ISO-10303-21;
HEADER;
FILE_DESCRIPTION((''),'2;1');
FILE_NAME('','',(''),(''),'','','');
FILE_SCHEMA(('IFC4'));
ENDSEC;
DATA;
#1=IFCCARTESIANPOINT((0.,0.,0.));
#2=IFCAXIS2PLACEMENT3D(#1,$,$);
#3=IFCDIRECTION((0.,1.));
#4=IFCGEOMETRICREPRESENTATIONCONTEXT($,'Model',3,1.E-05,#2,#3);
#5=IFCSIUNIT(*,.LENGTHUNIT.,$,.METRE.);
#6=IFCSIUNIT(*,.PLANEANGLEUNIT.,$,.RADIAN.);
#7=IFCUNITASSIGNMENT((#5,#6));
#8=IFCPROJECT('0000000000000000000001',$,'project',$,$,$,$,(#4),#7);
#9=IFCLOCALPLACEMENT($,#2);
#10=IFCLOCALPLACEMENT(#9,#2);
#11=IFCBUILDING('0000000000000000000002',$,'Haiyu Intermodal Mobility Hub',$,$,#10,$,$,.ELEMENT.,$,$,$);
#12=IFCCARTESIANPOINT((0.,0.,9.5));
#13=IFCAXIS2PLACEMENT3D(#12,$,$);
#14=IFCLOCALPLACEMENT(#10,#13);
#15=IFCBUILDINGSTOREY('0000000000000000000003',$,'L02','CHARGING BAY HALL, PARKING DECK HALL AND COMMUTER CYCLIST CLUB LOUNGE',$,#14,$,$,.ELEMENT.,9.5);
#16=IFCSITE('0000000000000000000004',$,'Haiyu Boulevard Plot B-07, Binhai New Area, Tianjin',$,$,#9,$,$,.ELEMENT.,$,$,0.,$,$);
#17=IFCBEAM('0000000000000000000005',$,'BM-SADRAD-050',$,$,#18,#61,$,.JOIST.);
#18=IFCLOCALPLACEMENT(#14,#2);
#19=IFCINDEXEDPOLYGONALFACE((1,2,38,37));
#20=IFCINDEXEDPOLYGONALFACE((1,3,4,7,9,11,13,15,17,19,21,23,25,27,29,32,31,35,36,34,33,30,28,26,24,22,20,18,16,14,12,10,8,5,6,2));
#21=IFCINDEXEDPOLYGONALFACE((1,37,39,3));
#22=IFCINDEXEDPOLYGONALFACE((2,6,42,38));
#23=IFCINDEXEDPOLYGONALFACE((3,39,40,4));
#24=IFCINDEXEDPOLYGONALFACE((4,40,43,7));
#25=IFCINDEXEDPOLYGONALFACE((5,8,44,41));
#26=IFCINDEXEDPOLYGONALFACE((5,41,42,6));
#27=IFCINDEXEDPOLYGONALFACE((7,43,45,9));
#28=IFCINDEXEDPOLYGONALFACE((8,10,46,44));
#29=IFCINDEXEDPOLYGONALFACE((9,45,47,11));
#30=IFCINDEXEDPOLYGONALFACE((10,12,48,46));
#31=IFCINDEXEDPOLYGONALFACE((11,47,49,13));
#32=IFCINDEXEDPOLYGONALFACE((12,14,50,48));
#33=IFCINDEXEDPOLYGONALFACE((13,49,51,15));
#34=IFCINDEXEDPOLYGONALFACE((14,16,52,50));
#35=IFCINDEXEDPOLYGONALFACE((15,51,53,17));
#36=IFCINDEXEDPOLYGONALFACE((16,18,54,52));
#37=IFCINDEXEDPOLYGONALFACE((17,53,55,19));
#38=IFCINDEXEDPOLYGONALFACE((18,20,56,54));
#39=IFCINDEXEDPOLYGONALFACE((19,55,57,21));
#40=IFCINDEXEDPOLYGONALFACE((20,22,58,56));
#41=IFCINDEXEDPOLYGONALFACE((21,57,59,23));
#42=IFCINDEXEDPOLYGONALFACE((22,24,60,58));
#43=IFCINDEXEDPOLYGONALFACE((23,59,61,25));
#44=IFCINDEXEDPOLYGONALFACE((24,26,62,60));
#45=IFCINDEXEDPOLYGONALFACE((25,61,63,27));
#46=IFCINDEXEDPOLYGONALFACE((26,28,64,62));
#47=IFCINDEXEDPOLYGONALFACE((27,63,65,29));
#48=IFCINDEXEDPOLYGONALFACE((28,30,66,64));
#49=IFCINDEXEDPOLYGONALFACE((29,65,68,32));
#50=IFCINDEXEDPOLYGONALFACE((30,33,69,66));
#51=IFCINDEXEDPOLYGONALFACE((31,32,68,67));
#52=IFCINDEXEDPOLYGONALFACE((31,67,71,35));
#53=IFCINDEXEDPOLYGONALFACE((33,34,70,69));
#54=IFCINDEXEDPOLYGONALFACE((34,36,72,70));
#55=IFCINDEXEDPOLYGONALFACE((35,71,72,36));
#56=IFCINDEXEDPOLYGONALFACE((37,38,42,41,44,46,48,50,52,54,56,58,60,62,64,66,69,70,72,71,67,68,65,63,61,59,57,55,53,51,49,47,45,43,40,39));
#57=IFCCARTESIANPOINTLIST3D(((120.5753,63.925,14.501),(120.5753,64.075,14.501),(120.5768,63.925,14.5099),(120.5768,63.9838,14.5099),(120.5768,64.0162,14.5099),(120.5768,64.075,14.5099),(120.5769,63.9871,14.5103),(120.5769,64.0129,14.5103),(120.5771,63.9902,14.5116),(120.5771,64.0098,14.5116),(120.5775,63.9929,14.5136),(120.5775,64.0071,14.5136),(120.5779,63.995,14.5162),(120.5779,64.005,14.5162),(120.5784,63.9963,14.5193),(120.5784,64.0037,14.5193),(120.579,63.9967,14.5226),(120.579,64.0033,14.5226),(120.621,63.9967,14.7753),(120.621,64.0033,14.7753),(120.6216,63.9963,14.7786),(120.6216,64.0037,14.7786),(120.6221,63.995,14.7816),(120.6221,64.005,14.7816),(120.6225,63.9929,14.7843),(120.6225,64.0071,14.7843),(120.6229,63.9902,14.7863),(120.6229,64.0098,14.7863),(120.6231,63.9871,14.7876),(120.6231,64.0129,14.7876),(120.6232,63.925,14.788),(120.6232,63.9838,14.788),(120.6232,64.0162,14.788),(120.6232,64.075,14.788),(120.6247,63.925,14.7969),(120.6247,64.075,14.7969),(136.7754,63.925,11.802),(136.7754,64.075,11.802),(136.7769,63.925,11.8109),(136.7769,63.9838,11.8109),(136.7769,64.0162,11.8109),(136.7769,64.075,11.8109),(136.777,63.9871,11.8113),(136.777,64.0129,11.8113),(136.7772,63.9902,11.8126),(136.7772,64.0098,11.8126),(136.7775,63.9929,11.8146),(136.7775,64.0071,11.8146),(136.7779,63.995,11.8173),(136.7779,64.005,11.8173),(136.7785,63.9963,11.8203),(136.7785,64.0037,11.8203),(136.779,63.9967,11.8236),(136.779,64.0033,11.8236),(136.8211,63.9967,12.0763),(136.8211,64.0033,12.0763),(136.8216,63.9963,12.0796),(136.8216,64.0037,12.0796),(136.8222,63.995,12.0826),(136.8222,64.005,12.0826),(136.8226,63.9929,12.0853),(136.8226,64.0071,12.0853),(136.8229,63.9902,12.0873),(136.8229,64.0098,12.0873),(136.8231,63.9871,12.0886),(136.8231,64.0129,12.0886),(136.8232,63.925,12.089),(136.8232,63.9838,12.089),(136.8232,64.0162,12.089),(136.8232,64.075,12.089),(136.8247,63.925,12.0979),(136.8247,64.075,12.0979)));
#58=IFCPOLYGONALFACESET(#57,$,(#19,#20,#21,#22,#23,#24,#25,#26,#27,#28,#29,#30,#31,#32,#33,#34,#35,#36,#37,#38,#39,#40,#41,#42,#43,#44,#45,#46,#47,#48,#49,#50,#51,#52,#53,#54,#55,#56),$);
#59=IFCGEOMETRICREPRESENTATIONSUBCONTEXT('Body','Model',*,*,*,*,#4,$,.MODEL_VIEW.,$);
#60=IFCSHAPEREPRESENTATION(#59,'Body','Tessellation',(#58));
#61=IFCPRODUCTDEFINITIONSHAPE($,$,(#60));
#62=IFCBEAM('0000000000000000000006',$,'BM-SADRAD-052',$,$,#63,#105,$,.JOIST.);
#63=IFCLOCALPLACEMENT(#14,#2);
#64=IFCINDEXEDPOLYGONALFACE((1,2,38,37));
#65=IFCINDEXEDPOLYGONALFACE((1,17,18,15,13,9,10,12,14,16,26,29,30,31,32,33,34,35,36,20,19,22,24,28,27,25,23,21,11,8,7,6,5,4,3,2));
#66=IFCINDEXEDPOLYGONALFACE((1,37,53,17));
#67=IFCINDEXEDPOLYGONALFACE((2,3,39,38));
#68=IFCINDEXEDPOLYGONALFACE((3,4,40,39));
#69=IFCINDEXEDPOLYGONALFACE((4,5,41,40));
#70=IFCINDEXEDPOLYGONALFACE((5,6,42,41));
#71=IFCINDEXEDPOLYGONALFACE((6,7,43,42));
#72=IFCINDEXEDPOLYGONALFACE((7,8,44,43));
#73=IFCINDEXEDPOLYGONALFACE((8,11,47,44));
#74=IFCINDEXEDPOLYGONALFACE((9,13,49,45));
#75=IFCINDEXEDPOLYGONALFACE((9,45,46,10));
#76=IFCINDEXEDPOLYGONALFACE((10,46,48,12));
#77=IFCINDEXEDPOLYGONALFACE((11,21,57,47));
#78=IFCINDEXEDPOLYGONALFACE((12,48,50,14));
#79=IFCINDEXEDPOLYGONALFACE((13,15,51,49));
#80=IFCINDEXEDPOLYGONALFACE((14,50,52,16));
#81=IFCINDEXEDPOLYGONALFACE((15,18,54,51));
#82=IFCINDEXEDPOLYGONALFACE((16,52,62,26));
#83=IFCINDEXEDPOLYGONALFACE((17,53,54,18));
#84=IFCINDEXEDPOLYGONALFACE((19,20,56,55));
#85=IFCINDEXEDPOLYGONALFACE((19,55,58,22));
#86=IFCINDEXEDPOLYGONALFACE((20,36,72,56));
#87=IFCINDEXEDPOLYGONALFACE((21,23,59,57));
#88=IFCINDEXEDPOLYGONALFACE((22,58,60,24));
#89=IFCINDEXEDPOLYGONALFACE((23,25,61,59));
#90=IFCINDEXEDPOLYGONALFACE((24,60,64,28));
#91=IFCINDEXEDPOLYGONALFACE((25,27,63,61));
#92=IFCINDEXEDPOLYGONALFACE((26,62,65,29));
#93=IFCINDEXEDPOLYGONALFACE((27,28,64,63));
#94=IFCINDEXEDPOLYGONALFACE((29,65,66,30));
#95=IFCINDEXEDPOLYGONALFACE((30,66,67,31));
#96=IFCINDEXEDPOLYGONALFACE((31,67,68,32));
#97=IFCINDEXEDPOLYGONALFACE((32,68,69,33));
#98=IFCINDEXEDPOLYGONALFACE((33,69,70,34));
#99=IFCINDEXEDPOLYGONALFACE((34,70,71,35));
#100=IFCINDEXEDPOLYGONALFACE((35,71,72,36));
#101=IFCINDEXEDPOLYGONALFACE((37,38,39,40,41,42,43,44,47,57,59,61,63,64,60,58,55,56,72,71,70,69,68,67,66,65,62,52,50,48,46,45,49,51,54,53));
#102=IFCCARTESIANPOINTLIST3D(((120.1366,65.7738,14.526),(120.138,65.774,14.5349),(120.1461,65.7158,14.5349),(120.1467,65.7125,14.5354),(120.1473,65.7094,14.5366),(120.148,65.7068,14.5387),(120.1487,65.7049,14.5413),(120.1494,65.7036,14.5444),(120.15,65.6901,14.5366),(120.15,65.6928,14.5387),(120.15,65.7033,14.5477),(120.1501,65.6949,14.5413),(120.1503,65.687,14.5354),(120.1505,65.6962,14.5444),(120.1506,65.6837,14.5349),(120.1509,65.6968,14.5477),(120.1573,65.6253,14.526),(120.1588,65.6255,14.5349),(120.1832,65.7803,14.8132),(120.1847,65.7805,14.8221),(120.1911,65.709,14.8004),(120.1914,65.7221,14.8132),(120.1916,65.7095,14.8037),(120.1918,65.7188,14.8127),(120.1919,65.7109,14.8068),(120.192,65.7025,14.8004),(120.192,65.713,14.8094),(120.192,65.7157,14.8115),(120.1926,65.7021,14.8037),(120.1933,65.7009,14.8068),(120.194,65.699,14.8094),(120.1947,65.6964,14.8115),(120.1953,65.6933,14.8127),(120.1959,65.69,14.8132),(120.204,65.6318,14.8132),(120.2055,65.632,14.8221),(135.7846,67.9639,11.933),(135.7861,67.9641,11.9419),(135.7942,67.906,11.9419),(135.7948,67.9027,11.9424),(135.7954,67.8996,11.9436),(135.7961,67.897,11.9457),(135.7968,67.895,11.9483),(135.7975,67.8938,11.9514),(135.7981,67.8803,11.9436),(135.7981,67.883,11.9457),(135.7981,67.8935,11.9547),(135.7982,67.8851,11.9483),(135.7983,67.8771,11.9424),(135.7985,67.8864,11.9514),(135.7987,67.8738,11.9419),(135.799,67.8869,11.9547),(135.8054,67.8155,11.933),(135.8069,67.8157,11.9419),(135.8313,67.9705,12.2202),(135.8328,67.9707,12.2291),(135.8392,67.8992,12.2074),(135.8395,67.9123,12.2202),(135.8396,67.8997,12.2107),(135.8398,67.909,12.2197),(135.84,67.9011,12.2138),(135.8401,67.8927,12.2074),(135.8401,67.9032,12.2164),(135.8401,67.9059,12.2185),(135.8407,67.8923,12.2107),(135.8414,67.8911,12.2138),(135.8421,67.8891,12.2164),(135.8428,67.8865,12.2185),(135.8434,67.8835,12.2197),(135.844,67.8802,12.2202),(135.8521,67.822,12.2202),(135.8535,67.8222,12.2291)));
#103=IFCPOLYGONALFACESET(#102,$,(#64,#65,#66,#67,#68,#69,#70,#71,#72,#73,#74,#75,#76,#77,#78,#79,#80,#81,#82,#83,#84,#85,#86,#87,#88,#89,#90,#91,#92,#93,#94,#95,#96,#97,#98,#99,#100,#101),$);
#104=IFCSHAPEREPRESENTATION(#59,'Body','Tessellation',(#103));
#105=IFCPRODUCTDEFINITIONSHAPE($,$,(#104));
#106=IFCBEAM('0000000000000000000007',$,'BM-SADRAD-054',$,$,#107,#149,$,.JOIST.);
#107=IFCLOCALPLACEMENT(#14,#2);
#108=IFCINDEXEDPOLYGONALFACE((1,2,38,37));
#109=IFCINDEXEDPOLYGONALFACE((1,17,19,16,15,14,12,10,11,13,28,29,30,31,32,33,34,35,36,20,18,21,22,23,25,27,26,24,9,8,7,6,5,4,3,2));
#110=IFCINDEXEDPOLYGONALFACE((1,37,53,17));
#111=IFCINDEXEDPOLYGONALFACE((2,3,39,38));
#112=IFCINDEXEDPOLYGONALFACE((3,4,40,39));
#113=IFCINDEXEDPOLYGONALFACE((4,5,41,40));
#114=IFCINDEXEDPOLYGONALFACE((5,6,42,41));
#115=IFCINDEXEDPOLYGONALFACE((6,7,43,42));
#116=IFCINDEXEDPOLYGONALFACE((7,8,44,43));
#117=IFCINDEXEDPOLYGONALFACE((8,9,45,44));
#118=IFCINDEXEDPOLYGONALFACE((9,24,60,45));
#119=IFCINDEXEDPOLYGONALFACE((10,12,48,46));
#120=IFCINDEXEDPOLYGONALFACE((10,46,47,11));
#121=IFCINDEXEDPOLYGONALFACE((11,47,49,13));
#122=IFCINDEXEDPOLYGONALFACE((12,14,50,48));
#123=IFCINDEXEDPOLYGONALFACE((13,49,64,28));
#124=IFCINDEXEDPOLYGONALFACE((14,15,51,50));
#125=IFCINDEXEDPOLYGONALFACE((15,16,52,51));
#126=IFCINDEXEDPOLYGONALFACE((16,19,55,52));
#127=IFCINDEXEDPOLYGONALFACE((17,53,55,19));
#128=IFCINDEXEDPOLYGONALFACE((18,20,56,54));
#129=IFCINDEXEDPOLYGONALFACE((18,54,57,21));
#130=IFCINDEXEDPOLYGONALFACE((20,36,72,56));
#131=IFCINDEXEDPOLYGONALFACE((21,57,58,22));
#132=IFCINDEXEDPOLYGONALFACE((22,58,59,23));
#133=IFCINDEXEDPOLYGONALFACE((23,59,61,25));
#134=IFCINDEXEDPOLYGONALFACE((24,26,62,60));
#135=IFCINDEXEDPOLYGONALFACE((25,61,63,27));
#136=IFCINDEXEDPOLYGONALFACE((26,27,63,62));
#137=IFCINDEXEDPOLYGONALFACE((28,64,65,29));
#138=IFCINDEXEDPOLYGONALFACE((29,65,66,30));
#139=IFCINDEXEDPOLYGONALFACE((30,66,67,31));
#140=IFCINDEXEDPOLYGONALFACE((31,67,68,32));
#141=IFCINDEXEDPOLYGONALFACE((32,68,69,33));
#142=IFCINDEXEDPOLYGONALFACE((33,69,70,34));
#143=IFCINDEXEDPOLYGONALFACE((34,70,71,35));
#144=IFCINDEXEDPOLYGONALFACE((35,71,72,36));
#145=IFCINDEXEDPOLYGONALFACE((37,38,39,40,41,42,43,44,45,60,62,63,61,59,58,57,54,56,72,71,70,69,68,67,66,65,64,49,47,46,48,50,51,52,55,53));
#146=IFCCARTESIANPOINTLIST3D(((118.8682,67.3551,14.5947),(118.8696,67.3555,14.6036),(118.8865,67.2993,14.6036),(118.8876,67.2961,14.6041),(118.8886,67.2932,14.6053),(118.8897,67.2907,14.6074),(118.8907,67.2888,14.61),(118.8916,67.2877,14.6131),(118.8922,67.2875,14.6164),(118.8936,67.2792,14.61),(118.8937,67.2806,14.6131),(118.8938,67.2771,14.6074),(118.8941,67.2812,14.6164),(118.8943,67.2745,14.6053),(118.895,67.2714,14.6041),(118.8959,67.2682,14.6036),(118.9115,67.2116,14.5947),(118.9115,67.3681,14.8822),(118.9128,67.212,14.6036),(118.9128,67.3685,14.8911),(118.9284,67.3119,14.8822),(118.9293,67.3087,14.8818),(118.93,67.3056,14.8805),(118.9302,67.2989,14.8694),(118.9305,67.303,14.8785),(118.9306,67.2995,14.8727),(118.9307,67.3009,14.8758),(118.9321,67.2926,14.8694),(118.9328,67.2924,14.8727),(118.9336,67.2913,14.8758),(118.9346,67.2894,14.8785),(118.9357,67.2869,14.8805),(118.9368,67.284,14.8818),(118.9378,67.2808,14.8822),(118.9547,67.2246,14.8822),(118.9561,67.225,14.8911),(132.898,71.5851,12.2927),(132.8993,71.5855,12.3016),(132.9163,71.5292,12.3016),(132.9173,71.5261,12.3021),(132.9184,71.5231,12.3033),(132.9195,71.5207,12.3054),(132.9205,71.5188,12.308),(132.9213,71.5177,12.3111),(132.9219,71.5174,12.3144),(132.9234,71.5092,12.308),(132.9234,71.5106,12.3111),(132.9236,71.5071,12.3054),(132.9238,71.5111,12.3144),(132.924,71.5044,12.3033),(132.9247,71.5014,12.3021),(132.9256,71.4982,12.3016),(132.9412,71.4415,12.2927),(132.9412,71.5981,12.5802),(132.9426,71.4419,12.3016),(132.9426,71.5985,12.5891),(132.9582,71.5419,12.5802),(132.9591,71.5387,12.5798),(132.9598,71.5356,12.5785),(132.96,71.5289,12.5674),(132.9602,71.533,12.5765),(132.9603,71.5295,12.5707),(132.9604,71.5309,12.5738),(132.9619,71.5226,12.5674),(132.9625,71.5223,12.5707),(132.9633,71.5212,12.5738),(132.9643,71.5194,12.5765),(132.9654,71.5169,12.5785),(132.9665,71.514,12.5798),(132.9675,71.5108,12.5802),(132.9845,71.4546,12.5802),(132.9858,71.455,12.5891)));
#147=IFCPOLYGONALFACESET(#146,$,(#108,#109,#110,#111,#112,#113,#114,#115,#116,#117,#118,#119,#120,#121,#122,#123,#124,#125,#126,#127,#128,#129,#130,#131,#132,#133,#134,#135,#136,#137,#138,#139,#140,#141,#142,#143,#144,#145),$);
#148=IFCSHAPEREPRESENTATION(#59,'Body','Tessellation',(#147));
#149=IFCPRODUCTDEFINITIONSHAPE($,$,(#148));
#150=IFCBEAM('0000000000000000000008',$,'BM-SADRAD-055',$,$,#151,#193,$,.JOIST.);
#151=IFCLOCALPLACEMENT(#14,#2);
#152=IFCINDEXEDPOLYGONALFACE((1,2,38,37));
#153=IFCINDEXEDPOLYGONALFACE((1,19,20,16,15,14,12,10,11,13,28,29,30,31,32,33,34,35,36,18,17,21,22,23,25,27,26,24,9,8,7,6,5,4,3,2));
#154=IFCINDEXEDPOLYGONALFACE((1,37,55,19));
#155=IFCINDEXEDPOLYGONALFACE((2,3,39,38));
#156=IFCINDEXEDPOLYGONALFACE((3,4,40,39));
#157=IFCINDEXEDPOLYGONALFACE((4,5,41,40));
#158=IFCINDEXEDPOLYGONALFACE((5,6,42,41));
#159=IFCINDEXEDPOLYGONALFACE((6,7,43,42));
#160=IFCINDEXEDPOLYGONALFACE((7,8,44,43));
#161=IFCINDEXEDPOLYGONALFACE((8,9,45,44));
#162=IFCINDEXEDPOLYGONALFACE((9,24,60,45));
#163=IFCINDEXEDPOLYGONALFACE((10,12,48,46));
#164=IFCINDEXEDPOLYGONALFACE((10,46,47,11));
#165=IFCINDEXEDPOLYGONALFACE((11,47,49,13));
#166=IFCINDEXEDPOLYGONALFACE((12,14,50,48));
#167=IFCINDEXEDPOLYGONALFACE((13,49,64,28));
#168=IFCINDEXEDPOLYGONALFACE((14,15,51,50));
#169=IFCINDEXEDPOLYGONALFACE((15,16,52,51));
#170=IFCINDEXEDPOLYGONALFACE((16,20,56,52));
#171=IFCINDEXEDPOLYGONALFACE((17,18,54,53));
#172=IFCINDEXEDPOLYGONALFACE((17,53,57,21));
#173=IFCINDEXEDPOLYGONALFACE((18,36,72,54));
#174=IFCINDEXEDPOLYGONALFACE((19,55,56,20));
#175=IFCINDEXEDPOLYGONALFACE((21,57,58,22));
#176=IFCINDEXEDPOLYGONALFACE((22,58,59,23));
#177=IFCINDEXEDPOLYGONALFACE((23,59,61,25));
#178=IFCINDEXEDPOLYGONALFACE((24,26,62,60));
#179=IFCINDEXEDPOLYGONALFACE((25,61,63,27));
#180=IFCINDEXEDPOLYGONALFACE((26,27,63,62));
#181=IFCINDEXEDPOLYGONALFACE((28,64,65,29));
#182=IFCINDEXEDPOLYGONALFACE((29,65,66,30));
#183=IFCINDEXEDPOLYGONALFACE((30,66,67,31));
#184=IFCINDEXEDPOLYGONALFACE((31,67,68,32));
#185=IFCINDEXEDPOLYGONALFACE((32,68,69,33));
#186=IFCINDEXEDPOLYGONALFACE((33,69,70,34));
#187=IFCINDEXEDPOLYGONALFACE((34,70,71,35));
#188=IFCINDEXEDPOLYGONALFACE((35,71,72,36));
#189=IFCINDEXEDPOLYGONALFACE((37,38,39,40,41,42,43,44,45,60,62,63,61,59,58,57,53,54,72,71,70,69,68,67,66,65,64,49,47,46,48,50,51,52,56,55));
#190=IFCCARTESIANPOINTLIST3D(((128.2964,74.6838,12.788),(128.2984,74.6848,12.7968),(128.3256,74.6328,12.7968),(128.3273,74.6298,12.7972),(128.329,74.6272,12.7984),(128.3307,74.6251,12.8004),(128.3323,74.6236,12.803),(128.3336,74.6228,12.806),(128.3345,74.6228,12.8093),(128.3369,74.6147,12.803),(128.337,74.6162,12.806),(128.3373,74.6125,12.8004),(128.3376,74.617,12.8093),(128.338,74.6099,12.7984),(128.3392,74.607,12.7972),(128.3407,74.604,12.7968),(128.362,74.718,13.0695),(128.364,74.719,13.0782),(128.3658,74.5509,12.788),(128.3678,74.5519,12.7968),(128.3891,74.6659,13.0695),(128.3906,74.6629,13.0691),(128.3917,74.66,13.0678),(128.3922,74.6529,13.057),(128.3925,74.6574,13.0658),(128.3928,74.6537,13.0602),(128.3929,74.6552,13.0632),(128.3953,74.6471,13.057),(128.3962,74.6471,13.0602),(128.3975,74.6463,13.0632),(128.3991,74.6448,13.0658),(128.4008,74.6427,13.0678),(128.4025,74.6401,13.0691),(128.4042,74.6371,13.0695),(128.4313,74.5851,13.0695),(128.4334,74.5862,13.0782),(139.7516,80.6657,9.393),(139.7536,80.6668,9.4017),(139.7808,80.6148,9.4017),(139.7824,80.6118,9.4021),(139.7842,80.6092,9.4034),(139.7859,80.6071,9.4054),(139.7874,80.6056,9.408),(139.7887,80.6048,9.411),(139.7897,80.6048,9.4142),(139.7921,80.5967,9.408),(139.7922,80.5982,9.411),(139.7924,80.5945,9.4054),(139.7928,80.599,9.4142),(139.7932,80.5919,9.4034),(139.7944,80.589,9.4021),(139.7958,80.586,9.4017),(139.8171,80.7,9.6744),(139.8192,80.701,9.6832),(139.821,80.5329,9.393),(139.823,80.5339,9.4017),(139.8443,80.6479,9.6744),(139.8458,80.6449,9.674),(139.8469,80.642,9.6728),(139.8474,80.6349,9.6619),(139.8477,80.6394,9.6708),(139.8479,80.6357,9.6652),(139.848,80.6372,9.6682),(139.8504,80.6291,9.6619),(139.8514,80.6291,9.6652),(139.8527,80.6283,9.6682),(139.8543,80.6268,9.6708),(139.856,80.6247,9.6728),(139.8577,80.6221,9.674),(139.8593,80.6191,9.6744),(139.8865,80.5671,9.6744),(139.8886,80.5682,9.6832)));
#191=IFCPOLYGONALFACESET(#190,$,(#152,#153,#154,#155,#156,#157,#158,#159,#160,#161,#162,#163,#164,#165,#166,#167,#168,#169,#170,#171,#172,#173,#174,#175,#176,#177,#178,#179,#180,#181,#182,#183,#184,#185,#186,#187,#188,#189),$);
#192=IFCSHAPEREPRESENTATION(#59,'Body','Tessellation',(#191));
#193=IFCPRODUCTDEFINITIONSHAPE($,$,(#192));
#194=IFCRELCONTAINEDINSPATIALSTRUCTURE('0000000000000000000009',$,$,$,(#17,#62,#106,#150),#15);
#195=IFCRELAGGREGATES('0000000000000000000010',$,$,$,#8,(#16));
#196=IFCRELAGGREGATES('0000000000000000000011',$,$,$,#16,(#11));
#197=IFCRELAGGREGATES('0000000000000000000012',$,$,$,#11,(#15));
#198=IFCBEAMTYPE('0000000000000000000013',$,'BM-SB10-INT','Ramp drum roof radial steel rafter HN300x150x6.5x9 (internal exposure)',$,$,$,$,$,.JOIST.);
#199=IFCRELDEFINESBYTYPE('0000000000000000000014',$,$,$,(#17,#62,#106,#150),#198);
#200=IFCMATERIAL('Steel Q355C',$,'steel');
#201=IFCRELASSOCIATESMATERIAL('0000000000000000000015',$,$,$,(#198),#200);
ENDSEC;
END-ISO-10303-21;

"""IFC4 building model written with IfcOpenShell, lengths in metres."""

from ifc_helpers import new_model, si_unit, direction, frame, origin, origin_2d, place, context, subcontext, project, spatial, i_section, extrude, material, material_profile, profile_set, type_object, element, save


model = new_model("IFC4")

# Units and contexts
model_context = context("Model", 3, precision=1e-05, world=origin(), true_north=direction((0.0, 1.0)))
body_context = subcontext(model_context, "Body", "Model", "MODEL_VIEW")
ifc_project = project(units=[si_unit("LENGTHUNIT", "METRE"), si_unit("PLANEANGLEUNIT", "RADIAN")], contexts=[model_context])

# Site, building, storey
site_placement = place(None, origin())
site = spatial("IfcSite", under=ifc_project, at=site_placement, Name="Haiyu Boulevard Plot B-07, Binhai New Area, Tianjin", CompositionType="ELEMENT", RefElevation=0.0)
building_placement = place(site_placement, origin())
building = spatial("IfcBuilding", under=site, at=building_placement, Name="Haiyu Intermodal Mobility Hub", CompositionType="ELEMENT")
storey_placement = place(building_placement, frame((0.0, 0.0, 9.5)))
storey = spatial("IfcBuildingStorey", under=building, at=storey_placement, Name="L02", Description="CHARGING BAY HALL, PARKING DECK HALL AND COMMUTER CYCLIST CLUB LOUNGE", CompositionType="ELEMENT", Elevation=9.5)

# Shared definitions
ifc_material_1 = material(Name="Steel Q355C", Category="steel")

# Beams
ifc_material_profile_1 = material_profile(ifc_material_1, i_section(OverallWidth=0.1499, OverallDepth=0.3, WebThickness=0.0066, FlangeThickness=0.009, FilletRadius=0.0129, at=origin_2d()), Name="HN300x150x6.5x9")
ifc_profile_set_1 = profile_set([ifc_material_profile_1], Name="Steel Q355C")
beam_type_1 = type_object("IfcBeamType", Name="BM-SB10-INT", Description="Ramp drum roof radial steel rafter HN300x150x6.5x9 (internal exposure)", PredefinedType="JOIST", material=ifc_profile_set_1)
beam_1_placement = place(storey_placement, frame((136.8, 64.0, 11.95), z_axis=(-0.986404, 0.0, 0.164339), x_axis=(0.0, -1.0, 0.0)))
element("IfcBeam", 1, at=beam_1_placement, inside=storey, type_object=beam_type_1, Name="BM-SADRAD-050", PredefinedType="JOIST", context=body_context, shape_type="SweptSolid", body=[
    extrude(i_section(OverallWidth=0.1499, OverallDepth=0.3, WebThickness=0.0066, FlangeThickness=0.009, FilletRadius=0.0129, at=origin_2d()), origin(), (0.0, 0.0, 1.0), 16.4233),
])
beam_2_placement = place(storey_placement, frame((135.8191, 67.8931, 12.0811), z_axis=(-0.977274, -0.136783, 0.161941), x_axis=(0.138613, -0.990347, 0.0)))
element("IfcBeam", 2, at=beam_2_placement, inside=storey, type_object=beam_type_1, Name="BM-SADRAD-052", PredefinedType="JOIST", context=body_context, shape_type="SweptSolid", body=[
    extrude(i_section(OverallWidth=0.1499, OverallDepth=0.3, WebThickness=0.0066, FlangeThickness=0.009, FilletRadius=0.0129, at=origin_2d()), origin(), (0.0, 0.0, 1.0), 16.012),
])
beam_3_placement = place(storey_placement, frame((132.9419, 71.52, 12.4409), z_axis=(-0.94583, -0.285168, 0.155191), x_axis=(0.288665, -0.95743, 0.0)))
element("IfcBeam", 3, at=beam_3_placement, inside=storey, type_object=beam_type_1, Name="BM-SADRAD-054", PredefinedType="JOIST", context=body_context, shape_type="SweptSolid", body=[
    extrude(i_section(OverallWidth=0.1499, OverallDepth=0.3, WebThickness=0.0066, FlangeThickness=0.009, FilletRadius=0.0129, at=origin_2d()), origin(), (0.0, 0.0, 1.0), 14.8333),
])
beam_4_placement = place(storey_placement, frame((139.8201, 80.6169, 9.5381), z_axis=(-0.857323, -0.447701, 0.254091), x_axis=(0.462893, -0.886414, 0.0)))
element("IfcBeam", 4, at=beam_4_placement, inside=storey, type_object=beam_type_1, Name="BM-SADRAD-055", PredefinedType="JOIST", context=body_context, shape_type="SweptSolid", body=[
    extrude(i_section(OverallWidth=0.1499, OverallDepth=0.3, WebThickness=0.0066, FlangeThickness=0.009, FilletRadius=0.0129, at=origin_2d()), origin(), (0.0, 0.0, 1.0), 13.3616),
])

save(model, "model.ifc")
